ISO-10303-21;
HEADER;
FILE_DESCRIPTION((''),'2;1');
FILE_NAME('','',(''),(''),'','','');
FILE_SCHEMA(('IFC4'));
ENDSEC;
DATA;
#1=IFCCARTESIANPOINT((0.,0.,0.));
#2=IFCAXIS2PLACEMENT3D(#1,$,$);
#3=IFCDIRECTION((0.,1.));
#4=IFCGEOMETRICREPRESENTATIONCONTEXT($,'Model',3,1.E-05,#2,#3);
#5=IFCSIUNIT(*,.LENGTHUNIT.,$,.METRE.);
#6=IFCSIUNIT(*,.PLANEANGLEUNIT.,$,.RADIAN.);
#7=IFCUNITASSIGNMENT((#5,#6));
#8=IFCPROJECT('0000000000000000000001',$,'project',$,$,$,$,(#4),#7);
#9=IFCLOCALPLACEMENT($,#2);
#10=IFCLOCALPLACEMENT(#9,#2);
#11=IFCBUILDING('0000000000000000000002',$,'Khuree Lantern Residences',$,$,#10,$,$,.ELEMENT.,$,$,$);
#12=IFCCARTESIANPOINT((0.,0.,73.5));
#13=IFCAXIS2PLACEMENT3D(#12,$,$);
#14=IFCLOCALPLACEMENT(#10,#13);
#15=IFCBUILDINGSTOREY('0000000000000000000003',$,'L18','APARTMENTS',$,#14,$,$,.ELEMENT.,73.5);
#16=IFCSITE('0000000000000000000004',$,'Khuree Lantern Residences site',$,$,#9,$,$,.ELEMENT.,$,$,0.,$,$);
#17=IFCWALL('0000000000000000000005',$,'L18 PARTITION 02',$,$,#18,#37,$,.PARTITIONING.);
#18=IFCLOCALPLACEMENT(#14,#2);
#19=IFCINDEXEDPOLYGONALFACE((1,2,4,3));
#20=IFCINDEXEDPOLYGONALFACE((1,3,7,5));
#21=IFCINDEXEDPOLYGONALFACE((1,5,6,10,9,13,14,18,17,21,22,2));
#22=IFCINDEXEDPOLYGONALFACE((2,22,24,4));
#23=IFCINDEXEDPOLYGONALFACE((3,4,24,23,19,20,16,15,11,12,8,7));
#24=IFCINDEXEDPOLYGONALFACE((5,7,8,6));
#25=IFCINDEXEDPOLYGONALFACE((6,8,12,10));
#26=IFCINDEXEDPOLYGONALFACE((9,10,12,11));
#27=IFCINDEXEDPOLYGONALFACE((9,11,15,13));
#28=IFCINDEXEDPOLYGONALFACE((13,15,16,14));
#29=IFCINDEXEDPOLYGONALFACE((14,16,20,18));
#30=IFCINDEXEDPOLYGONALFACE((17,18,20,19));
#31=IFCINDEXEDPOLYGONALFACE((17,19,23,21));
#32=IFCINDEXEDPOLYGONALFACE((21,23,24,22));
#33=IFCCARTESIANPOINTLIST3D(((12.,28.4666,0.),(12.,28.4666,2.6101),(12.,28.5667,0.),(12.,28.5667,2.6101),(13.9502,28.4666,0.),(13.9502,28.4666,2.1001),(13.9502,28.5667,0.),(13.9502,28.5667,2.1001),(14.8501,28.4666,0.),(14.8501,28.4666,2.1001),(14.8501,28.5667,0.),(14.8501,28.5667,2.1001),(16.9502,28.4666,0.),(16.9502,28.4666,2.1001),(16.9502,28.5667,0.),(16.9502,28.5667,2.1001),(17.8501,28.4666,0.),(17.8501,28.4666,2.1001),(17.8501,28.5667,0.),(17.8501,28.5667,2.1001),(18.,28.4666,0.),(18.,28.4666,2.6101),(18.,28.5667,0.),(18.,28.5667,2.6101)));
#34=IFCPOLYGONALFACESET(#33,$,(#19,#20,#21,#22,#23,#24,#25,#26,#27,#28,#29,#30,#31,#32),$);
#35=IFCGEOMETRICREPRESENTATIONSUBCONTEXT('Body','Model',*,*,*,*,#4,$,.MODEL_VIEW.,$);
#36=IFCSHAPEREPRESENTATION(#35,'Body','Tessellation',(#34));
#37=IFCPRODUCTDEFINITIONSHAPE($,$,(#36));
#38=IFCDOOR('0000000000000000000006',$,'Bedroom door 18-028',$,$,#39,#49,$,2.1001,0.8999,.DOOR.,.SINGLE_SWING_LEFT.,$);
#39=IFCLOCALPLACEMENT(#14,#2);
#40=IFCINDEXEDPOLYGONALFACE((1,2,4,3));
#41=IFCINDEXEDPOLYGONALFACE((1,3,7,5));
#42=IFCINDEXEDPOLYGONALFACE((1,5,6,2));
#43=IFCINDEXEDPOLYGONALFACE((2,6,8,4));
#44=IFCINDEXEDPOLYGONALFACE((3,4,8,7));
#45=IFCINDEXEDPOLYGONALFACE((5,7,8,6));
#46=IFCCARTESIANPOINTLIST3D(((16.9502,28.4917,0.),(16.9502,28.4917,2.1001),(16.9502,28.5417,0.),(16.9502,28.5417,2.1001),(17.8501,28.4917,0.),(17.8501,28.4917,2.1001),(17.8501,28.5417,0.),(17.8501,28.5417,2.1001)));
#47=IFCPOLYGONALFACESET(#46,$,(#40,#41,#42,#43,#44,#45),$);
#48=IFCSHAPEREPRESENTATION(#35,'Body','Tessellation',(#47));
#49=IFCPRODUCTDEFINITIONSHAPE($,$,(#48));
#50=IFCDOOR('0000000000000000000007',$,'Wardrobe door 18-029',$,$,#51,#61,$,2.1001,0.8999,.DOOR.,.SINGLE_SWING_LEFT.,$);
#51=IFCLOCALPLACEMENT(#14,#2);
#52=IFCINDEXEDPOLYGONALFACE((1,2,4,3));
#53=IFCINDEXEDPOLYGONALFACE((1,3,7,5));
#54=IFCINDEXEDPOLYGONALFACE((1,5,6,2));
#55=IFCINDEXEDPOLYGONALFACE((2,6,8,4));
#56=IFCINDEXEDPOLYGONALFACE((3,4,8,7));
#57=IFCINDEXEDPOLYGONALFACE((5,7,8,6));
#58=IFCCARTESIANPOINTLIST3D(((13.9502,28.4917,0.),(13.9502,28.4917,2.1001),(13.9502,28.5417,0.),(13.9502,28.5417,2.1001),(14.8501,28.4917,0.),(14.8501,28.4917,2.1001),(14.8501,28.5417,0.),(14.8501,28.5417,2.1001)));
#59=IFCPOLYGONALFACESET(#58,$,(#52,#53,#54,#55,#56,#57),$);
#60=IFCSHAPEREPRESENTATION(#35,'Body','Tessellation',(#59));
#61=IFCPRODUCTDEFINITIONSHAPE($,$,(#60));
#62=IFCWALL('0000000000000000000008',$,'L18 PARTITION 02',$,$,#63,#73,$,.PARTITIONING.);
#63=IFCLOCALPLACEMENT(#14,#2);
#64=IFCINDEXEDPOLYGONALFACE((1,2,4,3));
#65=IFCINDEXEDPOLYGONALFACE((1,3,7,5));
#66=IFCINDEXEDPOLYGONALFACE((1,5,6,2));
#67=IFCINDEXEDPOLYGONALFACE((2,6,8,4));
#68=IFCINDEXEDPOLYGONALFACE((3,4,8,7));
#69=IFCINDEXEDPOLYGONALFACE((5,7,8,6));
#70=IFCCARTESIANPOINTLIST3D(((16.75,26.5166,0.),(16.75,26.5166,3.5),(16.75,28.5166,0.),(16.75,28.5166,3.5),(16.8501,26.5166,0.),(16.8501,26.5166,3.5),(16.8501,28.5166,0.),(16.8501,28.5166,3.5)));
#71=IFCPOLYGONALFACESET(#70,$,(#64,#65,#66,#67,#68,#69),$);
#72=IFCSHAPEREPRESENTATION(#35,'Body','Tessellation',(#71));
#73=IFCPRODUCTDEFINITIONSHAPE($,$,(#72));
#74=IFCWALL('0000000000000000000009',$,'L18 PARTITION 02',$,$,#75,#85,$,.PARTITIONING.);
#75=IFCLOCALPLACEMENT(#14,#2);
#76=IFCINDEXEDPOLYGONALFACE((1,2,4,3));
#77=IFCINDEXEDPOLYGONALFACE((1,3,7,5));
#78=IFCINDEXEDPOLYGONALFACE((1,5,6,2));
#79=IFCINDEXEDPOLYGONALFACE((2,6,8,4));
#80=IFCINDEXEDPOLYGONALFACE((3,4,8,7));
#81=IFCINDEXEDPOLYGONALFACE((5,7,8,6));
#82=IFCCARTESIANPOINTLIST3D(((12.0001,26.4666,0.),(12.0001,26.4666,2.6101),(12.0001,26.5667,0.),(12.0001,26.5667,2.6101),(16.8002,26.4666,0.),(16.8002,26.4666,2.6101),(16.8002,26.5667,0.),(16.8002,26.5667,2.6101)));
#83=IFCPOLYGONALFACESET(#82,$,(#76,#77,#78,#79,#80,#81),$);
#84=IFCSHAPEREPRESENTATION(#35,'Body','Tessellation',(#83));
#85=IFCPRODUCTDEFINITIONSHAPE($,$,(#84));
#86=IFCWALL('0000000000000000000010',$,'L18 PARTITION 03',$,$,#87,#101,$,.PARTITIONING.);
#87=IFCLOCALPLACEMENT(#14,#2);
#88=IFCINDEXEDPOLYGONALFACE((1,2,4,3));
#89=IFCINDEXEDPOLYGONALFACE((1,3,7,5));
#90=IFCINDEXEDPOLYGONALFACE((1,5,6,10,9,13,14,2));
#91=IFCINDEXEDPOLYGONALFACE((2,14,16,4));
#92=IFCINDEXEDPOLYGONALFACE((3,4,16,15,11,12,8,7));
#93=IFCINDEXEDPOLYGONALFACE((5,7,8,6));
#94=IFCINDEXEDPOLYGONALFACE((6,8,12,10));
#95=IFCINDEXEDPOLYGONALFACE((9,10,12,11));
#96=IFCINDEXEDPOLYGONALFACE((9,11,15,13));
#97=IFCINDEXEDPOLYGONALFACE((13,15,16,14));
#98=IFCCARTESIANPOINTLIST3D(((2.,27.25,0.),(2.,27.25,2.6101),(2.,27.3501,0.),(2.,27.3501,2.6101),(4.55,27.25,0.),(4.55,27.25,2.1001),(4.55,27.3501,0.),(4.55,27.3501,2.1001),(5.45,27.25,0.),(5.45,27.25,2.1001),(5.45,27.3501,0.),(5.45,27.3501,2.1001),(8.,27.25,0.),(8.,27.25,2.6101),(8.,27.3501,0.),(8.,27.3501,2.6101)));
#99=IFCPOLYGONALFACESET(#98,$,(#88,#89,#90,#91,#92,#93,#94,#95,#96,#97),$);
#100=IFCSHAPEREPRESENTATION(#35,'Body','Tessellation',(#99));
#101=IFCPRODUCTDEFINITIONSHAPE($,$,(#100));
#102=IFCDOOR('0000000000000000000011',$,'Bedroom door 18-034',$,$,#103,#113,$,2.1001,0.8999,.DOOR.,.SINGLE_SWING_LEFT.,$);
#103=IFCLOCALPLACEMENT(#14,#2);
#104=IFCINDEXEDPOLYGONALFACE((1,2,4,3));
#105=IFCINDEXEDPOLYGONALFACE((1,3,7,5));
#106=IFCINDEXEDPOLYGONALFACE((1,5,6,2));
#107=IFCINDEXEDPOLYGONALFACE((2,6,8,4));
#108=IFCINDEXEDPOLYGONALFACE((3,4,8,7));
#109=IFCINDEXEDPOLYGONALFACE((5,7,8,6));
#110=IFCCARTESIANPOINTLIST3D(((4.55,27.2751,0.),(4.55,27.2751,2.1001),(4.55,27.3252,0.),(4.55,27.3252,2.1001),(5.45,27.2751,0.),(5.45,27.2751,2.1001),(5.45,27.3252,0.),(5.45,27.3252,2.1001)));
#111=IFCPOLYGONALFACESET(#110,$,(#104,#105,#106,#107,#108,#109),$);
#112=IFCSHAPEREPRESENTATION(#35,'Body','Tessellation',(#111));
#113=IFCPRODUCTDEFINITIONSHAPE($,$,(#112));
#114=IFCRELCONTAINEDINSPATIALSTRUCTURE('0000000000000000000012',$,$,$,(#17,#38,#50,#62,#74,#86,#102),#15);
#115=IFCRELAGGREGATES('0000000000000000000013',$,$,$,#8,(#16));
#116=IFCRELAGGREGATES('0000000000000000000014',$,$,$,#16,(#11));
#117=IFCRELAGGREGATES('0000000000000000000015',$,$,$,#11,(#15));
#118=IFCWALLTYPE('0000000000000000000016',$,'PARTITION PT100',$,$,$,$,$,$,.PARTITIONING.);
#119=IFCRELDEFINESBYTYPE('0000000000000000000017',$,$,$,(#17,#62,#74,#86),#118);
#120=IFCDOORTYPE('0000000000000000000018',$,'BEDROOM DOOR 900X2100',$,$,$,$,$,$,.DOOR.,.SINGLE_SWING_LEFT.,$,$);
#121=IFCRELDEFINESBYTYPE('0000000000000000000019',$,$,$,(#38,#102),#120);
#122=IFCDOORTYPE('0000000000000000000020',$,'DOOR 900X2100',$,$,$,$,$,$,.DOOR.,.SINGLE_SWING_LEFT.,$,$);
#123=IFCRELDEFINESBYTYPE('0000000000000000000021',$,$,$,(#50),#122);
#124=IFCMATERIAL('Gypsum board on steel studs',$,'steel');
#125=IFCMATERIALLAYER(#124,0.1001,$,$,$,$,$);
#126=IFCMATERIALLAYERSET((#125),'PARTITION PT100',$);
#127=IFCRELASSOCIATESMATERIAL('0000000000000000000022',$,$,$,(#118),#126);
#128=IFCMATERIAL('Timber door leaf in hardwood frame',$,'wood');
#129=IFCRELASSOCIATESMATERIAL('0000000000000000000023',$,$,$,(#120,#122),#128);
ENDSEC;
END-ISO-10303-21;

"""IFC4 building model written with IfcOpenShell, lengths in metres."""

from ifc_helpers import new_model, si_unit, direction, frame, frame_2d, origin, place, context, subcontext, project, spatial, rectangle, extrude, material, layer, layer_set, type_object, element, fill, save


model = new_model("IFC4")

# Units and contexts
model_context = context("Model", 3, precision=1e-05, world=origin(), true_north=direction((0.0, 1.0)))
body_context = subcontext(model_context, "Body", "Model", "MODEL_VIEW")
ifc_project = project(units=[si_unit("LENGTHUNIT", "METRE"), si_unit("PLANEANGLEUNIT", "RADIAN")], contexts=[model_context])

# Site, building, storey
site_placement = place(None, origin())
site = spatial("IfcSite", under=ifc_project, at=site_placement, Name="Khuree Lantern Residences site", CompositionType="ELEMENT", RefElevation=0.0)
building_placement = place(site_placement, origin())
building = spatial("IfcBuilding", under=site, at=building_placement, Name="Khuree Lantern Residences", CompositionType="ELEMENT")
storey_placement = place(building_placement, frame((0.0, 0.0, 73.5)))
storey = spatial("IfcBuildingStorey", under=building, at=storey_placement, Name="L18", Description="APARTMENTS", CompositionType="ELEMENT", Elevation=73.5)

# Shared definitions
ifc_material_1 = material(Name="Gypsum board on steel studs", Category="steel")
ifc_layer_1 = layer(ifc_material_1, 0.1001)
ifc_layer_set_1 = layer_set([ifc_layer_1], Name="PARTITION PT100")
wall_type = type_object("IfcWallType", Name="PARTITION PT100", PredefinedType="PARTITIONING", material=ifc_layer_set_1)

# Wall, openings, doors
wall_1_placement = place(storey_placement, frame((18.0, 28.5166, 0.0), z_axis=(0.0, 0.0, 1.0), x_axis=(-1.0, 0.0, 0.0)))
wall_1 = element("IfcWall", 1, at=wall_1_placement, inside=storey, type_object=wall_type, Name="L18 PARTITION 02", PredefinedType="PARTITIONING", context=body_context, shape_type="SweptSolid", body=[
    extrude(rectangle(XDim=6.0, YDim=0.1001, at=frame_2d((3.0, 0.0))), origin(), (0.0, 0.0, 1.0), 2.6101),
])
opening_1_placement = place(wall_1_placement, frame((0.1499, 0.0, 0.0)))
opening_1 = element("IfcOpeningElement", 2, at=opening_1_placement, cuts=wall_1, PredefinedType="OPENING", context=body_context, shape_type="SweptSolid", body=[
    extrude(rectangle(XDim=0.8999, YDim=2.1001, at=frame_2d((0.45, 1.05))), frame((0.0, 0.0601, 0.0), z_axis=(0.0, -1.0, 0.0), x_axis=(1.0, 0.0, 0.0)), (0.0, 0.0, 1.0), 0.1201),
])
opening_2_placement = place(wall_1_placement, frame((3.1499, 0.0, 0.0)))
opening_2 = element("IfcOpeningElement", 3, at=opening_2_placement, cuts=wall_1, PredefinedType="OPENING", context=body_context, shape_type="SweptSolid", body=[
    extrude(rectangle(XDim=0.8999, YDim=2.1001, at=frame_2d((0.45, 1.05))), frame((0.0, 0.0601, 0.0), z_axis=(0.0, -1.0, 0.0), x_axis=(1.0, 0.0, 0.0)), (0.0, 0.0, 1.0), 0.1201),
])
ifc_material_2 = material(Name="Timber door leaf in hardwood frame", Category="wood")
door_type_1 = type_object("IfcDoorType", Name="BEDROOM DOOR 900X2100", OperationType="SINGLE_SWING_LEFT", PredefinedType="DOOR", material=ifc_material_2)
door_1_placement = place(opening_1_placement, origin())
door_1 = element("IfcDoor", 4, at=door_1_placement, inside=storey, type_object=door_type_1, Name="Bedroom door 18-028", OperationType="SINGLE_SWING_LEFT", OverallHeight=2.1001, OverallWidth=0.8999, PredefinedType="DOOR", context=body_context, shape_type="SweptSolid", body=[
    extrude(rectangle(XDim=0.8999, YDim=2.1001, at=frame_2d((0.45, 1.05))), frame((0.0, 0.0249, 0.0), z_axis=(0.0, -1.0, 0.0), x_axis=(1.0, 0.0, 0.0)), (0.0, 0.0, 1.0), 0.05),
])
fill(opening_1, door_1)
door_type_2 = type_object("IfcDoorType", Name="DOOR 900X2100", OperationType="SINGLE_SWING_LEFT", PredefinedType="DOOR", material=ifc_material_2)
door_2_placement = place(opening_2_placement, origin())
door_2 = element("IfcDoor", 5, at=door_2_placement, inside=storey, type_object=door_type_2, Name="Wardrobe door 18-029", OperationType="SINGLE_SWING_LEFT", OverallHeight=2.1001, OverallWidth=0.8999, PredefinedType="DOOR", context=body_context, shape_type="SweptSolid", body=[
    extrude(rectangle(XDim=0.8999, YDim=2.1001, at=frame_2d((0.45, 1.05))), frame((0.0, 0.0249, 0.0), z_axis=(0.0, -1.0, 0.0), x_axis=(1.0, 0.0, 0.0)), (0.0, 0.0, 1.0), 0.05),
])
fill(opening_2, door_2)

# Walls
wall_2_placement = place(storey_placement, frame((16.8, 26.5166, 0.0), z_axis=(0.0, 0.0, 1.0), x_axis=(0.0, 1.0, 0.0)))
element("IfcWall", 6, at=wall_2_placement, inside=storey, type_object=wall_type, Name="L18 PARTITION 02", PredefinedType="PARTITIONING", context=body_context, shape_type="SweptSolid", body=[
    extrude(rectangle(XDim=2.0, YDim=0.1001, at=frame_2d((1.0, 0.0))), origin(), (0.0, 0.0, 1.0), 3.5),
])
wall_3_placement = place(storey_placement, frame((16.8, 26.5166, 0.0), z_axis=(0.0, 0.0, 1.0), x_axis=(-1.0, 0.0, 0.0)))
element("IfcWall", 7, at=wall_3_placement, inside=storey, type_object=wall_type, Name="L18 PARTITION 02", PredefinedType="PARTITIONING", context=body_context, shape_type="SweptSolid", body=[
    extrude(rectangle(XDim=4.8, YDim=0.1001, at=frame_2d((2.3999, 0.0))), origin(), (0.0, 0.0, 1.0), 2.6101),
])

# Wall, opening, door
wall_4_placement = place(storey_placement, frame((8.0, 27.3, 0.0), z_axis=(0.0, 0.0, 1.0), x_axis=(-1.0, 0.0, 0.0)))
wall_4 = element("IfcWall", 8, at=wall_4_placement, inside=storey, type_object=wall_type, Name="L18 PARTITION 03", PredefinedType="PARTITIONING", context=body_context, shape_type="SweptSolid", body=[
    extrude(rectangle(XDim=6.0, YDim=0.1001, at=frame_2d((3.0, 0.0))), origin(), (0.0, 0.0, 1.0), 2.6101),
])
opening_3_placement = place(wall_4_placement, frame((2.55, 0.0, 0.0)))
opening_3 = element("IfcOpeningElement", 9, at=opening_3_placement, cuts=wall_4, PredefinedType="OPENING", context=body_context, shape_type="SweptSolid", body=[
    extrude(rectangle(XDim=0.8999, YDim=2.1001, at=frame_2d((0.45, 1.05))), frame((0.0, 0.0601, 0.0), z_axis=(0.0, -1.0, 0.0), x_axis=(1.0, 0.0, 0.0)), (0.0, 0.0, 1.0), 0.1201),
])
door_3_placement = place(opening_3_placement, origin())
door_3 = element("IfcDoor", 10, at=door_3_placement, inside=storey, type_object=door_type_1, Name="Bedroom door 18-034", OperationType="SINGLE_SWING_LEFT", OverallHeight=2.1001, OverallWidth=0.8999, PredefinedType="DOOR", context=body_context, shape_type="SweptSolid", body=[
    extrude(rectangle(XDim=0.8999, YDim=2.1001, at=frame_2d((0.45, 1.05))), frame((0.0, 0.0249, 0.0), z_axis=(0.0, -1.0, 0.0), x_axis=(1.0, 0.0, 0.0)), (0.0, 0.0, 1.0), 0.05),
])
fill(opening_3, door_3)

save(model, "model.ifc")
